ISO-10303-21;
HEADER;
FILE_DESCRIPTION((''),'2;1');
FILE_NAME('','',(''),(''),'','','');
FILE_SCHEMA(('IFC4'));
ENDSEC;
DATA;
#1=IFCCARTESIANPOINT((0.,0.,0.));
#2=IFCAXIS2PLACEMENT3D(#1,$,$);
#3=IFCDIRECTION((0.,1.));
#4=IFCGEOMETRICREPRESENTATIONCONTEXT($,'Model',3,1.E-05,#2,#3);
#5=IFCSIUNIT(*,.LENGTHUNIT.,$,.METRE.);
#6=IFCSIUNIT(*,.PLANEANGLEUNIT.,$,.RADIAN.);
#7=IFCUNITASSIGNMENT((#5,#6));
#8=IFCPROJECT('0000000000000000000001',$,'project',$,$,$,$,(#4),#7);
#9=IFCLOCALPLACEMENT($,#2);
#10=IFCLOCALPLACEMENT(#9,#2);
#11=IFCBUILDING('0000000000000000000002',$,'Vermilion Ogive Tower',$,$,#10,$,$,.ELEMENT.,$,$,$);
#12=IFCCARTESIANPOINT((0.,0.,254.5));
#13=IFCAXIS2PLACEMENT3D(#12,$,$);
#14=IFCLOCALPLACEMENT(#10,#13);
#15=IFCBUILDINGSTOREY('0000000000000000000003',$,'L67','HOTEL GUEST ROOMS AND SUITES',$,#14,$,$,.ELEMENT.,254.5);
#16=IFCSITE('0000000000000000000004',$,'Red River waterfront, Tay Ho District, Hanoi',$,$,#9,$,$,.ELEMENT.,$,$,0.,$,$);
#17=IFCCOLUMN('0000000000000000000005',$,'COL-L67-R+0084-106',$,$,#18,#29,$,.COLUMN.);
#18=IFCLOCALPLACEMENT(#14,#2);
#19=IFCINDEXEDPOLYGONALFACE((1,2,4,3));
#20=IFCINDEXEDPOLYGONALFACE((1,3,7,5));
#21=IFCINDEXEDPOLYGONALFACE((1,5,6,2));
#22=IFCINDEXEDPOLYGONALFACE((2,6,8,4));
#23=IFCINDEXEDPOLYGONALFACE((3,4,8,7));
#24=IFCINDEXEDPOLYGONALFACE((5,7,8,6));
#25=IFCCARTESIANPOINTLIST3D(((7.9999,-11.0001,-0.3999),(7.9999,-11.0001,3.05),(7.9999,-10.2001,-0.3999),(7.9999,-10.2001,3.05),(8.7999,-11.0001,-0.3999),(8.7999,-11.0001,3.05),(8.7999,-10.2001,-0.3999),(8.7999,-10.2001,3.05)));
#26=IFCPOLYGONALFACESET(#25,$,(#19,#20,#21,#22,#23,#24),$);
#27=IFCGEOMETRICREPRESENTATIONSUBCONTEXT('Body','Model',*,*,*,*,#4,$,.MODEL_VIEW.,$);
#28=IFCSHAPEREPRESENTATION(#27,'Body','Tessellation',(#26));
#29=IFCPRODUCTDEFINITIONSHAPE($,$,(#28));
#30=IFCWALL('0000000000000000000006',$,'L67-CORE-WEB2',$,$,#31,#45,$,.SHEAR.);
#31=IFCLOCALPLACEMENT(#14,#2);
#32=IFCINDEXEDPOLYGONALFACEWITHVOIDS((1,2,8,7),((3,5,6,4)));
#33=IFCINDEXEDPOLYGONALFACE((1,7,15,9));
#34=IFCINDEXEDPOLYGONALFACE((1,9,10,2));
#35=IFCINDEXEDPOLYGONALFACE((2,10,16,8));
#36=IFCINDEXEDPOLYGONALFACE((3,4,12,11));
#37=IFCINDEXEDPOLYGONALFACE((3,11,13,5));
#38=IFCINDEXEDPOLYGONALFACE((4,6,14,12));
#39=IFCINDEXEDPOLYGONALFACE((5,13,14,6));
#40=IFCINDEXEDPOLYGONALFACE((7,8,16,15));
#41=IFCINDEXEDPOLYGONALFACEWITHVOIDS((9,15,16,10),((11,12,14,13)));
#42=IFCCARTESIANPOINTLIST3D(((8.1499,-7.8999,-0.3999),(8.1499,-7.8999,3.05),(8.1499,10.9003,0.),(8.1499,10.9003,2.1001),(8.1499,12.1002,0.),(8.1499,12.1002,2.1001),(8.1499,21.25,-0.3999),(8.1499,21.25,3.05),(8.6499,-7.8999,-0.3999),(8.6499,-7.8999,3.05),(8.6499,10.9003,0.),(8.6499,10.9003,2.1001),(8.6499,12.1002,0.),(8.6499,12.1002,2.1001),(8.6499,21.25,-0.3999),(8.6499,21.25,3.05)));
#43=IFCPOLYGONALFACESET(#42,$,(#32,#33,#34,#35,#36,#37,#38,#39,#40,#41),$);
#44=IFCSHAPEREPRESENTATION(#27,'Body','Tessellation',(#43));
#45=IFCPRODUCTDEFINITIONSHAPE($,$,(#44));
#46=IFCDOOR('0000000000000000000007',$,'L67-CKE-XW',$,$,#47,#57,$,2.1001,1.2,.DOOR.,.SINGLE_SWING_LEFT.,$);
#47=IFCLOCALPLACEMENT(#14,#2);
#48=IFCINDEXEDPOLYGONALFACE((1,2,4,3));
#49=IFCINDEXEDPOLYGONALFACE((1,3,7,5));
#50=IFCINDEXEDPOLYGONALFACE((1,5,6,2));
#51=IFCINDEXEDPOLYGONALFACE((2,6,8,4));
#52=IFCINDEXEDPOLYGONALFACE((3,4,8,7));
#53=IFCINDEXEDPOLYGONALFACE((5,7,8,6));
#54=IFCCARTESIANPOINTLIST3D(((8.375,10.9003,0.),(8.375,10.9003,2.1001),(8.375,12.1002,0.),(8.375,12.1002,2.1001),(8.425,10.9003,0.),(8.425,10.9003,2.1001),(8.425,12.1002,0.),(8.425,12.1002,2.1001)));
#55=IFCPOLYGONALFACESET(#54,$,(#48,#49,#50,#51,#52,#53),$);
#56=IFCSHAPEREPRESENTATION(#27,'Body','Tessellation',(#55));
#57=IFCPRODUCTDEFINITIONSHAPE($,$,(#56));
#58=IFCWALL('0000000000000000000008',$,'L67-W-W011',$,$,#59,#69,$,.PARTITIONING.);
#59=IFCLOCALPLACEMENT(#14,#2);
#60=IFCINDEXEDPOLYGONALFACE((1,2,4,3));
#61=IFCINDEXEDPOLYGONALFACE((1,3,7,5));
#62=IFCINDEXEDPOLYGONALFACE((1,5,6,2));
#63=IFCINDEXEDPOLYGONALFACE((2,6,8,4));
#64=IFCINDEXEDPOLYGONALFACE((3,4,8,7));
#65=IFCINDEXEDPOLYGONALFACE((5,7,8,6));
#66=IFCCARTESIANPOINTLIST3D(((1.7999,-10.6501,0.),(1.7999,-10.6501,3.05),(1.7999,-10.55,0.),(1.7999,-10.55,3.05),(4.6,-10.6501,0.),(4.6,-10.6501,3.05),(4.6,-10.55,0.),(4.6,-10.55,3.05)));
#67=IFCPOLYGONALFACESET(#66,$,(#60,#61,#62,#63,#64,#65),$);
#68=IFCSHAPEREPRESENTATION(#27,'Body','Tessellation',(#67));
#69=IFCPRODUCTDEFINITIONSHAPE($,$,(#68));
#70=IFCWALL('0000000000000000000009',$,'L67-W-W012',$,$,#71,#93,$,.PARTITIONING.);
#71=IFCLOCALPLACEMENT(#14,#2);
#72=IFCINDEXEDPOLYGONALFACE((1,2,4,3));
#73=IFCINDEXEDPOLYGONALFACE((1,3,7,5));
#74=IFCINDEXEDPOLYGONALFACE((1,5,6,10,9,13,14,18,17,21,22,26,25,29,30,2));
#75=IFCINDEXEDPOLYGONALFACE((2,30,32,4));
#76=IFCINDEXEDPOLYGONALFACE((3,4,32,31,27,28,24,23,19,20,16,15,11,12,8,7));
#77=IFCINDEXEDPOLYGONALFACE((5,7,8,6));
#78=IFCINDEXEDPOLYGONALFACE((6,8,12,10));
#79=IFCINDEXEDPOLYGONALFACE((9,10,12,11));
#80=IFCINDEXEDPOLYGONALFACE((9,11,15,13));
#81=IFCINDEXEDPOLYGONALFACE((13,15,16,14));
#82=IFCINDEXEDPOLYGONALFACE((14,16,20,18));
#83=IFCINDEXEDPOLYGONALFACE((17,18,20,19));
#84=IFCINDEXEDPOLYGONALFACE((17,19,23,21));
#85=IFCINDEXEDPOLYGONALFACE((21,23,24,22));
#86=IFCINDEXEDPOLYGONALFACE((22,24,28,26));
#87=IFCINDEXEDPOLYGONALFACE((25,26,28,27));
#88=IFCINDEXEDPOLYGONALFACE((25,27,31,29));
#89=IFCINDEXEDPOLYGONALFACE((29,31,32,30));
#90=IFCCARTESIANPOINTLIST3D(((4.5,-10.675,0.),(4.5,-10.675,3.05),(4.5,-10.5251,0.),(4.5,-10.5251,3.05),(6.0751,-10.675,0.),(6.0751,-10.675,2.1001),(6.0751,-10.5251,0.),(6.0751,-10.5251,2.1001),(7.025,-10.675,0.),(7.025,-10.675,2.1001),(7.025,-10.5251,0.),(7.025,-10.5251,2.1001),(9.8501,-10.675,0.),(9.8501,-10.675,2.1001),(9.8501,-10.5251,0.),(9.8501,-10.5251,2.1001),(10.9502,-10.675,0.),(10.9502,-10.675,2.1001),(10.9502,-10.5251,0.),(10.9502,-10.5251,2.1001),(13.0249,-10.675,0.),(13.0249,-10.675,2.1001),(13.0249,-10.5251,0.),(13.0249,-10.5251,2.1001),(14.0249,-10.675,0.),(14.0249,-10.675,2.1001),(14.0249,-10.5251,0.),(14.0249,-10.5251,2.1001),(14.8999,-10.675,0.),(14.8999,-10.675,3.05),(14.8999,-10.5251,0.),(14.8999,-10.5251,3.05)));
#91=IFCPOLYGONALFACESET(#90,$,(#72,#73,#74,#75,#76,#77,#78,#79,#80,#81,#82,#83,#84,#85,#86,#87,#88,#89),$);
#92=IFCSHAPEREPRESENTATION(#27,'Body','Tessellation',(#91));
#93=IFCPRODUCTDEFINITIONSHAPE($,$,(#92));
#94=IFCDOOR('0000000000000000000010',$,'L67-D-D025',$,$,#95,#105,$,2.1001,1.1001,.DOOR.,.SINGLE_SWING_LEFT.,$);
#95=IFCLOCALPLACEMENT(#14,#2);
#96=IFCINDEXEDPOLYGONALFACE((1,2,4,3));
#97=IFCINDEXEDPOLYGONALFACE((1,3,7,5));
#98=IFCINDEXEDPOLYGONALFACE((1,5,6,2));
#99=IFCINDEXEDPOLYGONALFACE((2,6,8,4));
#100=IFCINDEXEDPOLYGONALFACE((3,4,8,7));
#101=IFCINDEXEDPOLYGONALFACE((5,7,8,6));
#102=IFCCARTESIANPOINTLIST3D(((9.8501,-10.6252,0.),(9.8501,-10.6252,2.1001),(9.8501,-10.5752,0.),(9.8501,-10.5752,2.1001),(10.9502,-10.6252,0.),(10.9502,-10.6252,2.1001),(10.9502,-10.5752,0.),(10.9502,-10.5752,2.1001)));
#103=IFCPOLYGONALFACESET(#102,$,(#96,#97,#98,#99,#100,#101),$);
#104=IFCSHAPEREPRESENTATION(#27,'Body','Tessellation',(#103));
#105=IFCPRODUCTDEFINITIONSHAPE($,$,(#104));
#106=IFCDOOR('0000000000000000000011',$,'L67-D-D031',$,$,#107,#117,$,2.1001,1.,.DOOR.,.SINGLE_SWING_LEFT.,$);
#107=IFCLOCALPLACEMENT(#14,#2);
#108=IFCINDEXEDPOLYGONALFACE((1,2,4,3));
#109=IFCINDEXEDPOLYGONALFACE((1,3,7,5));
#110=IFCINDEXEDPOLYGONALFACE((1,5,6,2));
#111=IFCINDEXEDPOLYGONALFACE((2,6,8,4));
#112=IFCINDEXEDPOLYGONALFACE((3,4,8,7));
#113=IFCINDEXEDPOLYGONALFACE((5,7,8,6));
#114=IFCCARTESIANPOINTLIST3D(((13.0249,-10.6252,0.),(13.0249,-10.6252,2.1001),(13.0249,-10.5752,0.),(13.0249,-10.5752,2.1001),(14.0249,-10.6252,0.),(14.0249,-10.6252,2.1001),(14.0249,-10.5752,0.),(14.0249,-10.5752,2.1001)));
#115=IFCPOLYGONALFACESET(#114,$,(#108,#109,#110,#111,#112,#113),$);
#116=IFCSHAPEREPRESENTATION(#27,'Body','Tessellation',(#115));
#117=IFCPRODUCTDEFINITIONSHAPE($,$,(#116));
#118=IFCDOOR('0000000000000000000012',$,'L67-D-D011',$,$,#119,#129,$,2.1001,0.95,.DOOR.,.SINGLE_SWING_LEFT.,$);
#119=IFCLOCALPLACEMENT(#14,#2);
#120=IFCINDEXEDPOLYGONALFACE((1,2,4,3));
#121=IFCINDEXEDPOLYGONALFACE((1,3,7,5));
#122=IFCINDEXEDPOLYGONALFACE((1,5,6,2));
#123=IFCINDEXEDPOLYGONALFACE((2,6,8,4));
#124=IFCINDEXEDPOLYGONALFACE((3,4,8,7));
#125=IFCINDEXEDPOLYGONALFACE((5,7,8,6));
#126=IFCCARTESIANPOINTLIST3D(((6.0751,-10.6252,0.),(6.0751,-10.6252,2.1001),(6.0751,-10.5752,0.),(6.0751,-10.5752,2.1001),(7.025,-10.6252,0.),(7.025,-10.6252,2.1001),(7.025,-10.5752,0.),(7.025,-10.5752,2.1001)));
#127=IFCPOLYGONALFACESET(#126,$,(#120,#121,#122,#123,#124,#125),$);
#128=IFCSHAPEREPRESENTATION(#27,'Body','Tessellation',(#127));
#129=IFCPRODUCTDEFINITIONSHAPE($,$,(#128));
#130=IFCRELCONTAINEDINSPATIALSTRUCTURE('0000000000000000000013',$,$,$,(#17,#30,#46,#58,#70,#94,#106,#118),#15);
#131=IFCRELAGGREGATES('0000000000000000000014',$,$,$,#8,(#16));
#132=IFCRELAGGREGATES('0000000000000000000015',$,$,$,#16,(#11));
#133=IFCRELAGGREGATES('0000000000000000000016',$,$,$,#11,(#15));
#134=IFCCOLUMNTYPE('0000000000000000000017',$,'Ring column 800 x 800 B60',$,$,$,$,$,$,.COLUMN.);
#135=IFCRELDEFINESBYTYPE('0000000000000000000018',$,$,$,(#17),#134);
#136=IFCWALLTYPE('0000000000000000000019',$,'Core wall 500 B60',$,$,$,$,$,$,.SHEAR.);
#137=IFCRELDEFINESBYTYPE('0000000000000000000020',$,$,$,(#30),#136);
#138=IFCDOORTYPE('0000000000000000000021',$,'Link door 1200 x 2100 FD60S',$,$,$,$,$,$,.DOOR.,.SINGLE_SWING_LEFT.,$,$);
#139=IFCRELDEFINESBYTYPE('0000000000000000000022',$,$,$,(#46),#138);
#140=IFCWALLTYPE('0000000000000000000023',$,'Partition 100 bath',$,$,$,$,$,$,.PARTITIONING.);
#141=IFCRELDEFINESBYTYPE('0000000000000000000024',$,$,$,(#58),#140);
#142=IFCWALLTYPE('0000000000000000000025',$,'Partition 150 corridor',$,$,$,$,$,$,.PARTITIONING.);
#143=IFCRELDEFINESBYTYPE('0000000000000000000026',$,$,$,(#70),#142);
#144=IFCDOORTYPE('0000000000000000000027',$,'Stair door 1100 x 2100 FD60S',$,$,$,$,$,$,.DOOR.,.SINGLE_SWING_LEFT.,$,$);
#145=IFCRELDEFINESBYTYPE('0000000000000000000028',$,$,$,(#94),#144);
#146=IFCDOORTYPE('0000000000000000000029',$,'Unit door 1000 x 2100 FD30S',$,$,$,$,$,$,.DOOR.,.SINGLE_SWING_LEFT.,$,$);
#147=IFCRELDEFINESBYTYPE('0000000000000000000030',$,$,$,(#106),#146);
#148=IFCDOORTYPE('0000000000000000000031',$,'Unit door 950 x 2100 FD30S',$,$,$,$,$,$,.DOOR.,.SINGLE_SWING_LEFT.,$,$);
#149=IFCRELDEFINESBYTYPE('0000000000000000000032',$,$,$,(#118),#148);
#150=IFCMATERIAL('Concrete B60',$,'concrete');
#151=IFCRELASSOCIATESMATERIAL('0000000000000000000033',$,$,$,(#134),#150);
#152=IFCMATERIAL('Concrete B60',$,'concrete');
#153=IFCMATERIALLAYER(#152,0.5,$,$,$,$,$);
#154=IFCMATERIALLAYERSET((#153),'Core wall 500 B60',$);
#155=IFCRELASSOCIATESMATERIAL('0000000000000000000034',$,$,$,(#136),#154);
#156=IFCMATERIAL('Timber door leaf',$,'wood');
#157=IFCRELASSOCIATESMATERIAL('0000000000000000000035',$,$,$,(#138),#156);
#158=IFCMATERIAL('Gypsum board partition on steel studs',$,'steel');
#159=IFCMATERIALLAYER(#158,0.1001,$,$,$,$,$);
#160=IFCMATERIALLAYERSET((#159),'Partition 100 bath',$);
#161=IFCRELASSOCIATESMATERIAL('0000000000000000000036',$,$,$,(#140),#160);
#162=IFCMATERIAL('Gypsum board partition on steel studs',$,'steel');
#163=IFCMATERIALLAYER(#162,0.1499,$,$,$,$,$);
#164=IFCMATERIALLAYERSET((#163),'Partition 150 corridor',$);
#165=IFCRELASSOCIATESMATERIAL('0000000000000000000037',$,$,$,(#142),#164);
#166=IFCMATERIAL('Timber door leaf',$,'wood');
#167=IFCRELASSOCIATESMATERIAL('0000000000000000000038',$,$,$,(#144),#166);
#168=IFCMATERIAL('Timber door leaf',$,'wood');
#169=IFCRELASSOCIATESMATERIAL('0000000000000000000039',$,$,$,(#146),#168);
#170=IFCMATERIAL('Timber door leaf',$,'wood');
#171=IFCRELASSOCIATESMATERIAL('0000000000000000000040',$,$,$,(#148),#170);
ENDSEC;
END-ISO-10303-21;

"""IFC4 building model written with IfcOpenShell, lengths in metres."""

from ifc_helpers import new_model, si_unit, direction, frame, frame_2d, origin, origin_2d, place, context, subcontext, project, spatial, rectangle, extrude, material, layer, layer_set, material_profile, profile_set, type_object, element, fill, save


model = new_model("IFC4")

# Units and contexts
model_context = context("Model", 3, precision=1e-05, world=origin(), true_north=direction((0.0, 1.0)))
body_context = subcontext(model_context, "Body", "Model", "MODEL_VIEW")
ifc_project = project(units=[si_unit("LENGTHUNIT", "METRE"), si_unit("PLANEANGLEUNIT", "RADIAN")], contexts=[model_context])

# Site, building, storey
site_placement = place(None, origin())
site = spatial("IfcSite", under=ifc_project, at=site_placement, Name="Red River waterfront, Tay Ho District, Hanoi", CompositionType="ELEMENT", RefElevation=0.0)
building_placement = place(site_placement, origin())
building = spatial("IfcBuilding", under=site, at=building_placement, Name="Vermilion Ogive Tower", CompositionType="ELEMENT")
storey_placement = place(building_placement, frame((0.0, 0.0, 254.5)))
storey = spatial("IfcBuildingStorey", under=building, at=storey_placement, Name="L67", Description="HOTEL GUEST ROOMS AND SUITES", CompositionType="ELEMENT", Elevation=254.5)

# Column
ifc_material_1 = material(Name="Concrete B60", Category="concrete")
ifc_material_profile = material_profile(ifc_material_1, rectangle(XDim=0.8, YDim=0.8, at=origin_2d()), Name="800 x 800")
ifc_profile_set = profile_set([ifc_material_profile], Name="Concrete B60")
column_type = type_object("IfcColumnType", Name="Ring column 800 x 800 B60", PredefinedType="COLUMN", material=ifc_profile_set)
column_placement = place(storey_placement, frame((8.3999, -10.6001, -0.3999), z_axis=(0.0, 0.0, 1.0), x_axis=(1.0, 0.0, 0.0)))
element("IfcColumn", 1, at=column_placement, inside=storey, type_object=column_type, Name="COL-L67-R+0084-106", PredefinedType="COLUMN", context=body_context, shape_type="SweptSolid", body=[
    extrude(rectangle(XDim=0.8, YDim=0.8, at=origin_2d()), origin(), (0.0, 0.0, 1.0), 3.45),
])

# Wall, opening, door
ifc_material_2 = material(Name="Concrete B60", Category="concrete")
ifc_layer_1 = layer(ifc_material_2, 0.5)
ifc_layer_set_1 = layer_set([ifc_layer_1], Name="Core wall 500 B60")
wall_type_1 = type_object("IfcWallType", Name="Core wall 500 B60", PredefinedType="SHEAR", material=ifc_layer_set_1)
wall_1_placement = place(storey_placement, frame((8.3999, -7.8999, -0.3999), z_axis=(0.0, 0.0, 1.0), x_axis=(0.0, 1.0, 0.0)))
wall_1 = element("IfcWall", 2, at=wall_1_placement, inside=storey, type_object=wall_type_1, Name="L67-CORE-WEB2", PredefinedType="SHEAR", context=body_context, shape_type="SweptSolid", body=[
    extrude(rectangle(XDim=29.1499, YDim=0.5, at=frame_2d((14.575, 0.0))), origin(), (0.0, 0.0, 1.0), 3.45),
])
opening_1_placement = place(wall_1_placement, frame((18.8, 0.0, 0.3999)))
opening_1 = element("IfcOpeningElement", 3, at=opening_1_placement, cuts=wall_1, PredefinedType="OPENING", context=body_context, shape_type="SweptSolid", body=[
    extrude(rectangle(XDim=1.2, YDim=2.1001, at=frame_2d((0.6001, 1.05))), frame((0.0, 0.26, 0.0), z_axis=(0.0, -1.0, 0.0), x_axis=(1.0, 0.0, 0.0)), (0.0, 0.0, 1.0), 0.52),
])
ifc_material_3 = material(Name="Timber door leaf", Category="wood")
door_type_1 = type_object("IfcDoorType", Name="Link door 1200 x 2100 FD60S", OperationType="SINGLE_SWING_LEFT", PredefinedType="DOOR", material=ifc_material_3)
door_1_placement = place(opening_1_placement, origin())
door_1 = element("IfcDoor", 4, at=door_1_placement, inside=storey, type_object=door_type_1, Name="L67-CKE-XW", OperationType="SINGLE_SWING_LEFT", OverallHeight=2.1001, OverallWidth=1.2, PredefinedType="DOOR", context=body_context, shape_type="SweptSolid", body=[
    extrude(rectangle(XDim=1.2, YDim=2.1001, at=frame_2d((0.6001, 1.05))), frame((0.0, 0.0249, 0.0), z_axis=(0.0, -1.0, 0.0), x_axis=(1.0, 0.0, 0.0)), (0.0, 0.0, 1.0), 0.05),
])
fill(opening_1, door_1)

# Wall
ifc_material_4 = material(Name="Gypsum board partition on steel studs", Category="steel")
ifc_layer_2 = layer(ifc_material_4, 0.1001)
ifc_layer_set_2 = layer_set([ifc_layer_2], Name="Partition 100 bath")
wall_type_2 = type_object("IfcWallType", Name="Partition 100 bath", PredefinedType="PARTITIONING", material=ifc_layer_set_2)
wall_2_placement = place(storey_placement, frame((1.8, -10.6001, 0.0), z_axis=(0.0, 0.0, 1.0), x_axis=(1.0, 0.0, 0.0)))
element("IfcWall", 5, at=wall_2_placement, inside=storey, type_object=wall_type_2, Name="L67-W-W011", PredefinedType="PARTITIONING", context=body_context, shape_type="SweptSolid", body=[
    extrude(rectangle(XDim=2.8, YDim=0.1001, at=frame_2d((1.3999, 0.0))), origin(), (0.0, 0.0, 1.0), 3.05),
])

# Wall, openings, doors
ifc_material_5 = material(Name="Gypsum board partition on steel studs", Category="steel")
ifc_layer_3 = layer(ifc_material_5, 0.1499)
ifc_layer_set_3 = layer_set([ifc_layer_3], Name="Partition 150 corridor")
wall_type_3 = type_object("IfcWallType", Name="Partition 150 corridor", PredefinedType="PARTITIONING", material=ifc_layer_set_3)
wall_3_placement = place(storey_placement, frame((4.5, -10.6001, 0.0), z_axis=(0.0, 0.0, 1.0), x_axis=(1.0, 0.0, 0.0)))
wall_3 = element("IfcWall", 6, at=wall_3_placement, inside=storey, type_object=wall_type_3, Name="L67-W-W012", PredefinedType="PARTITIONING", context=body_context, shape_type="SweptSolid", body=[
    extrude(rectangle(XDim=10.3999, YDim=0.1499, at=frame_2d((5.2, 0.0))), origin(), (0.0, 0.0, 1.0), 3.05),
])
opening_2_placement = place(wall_3_placement, frame((1.575, 0.0, 0.0)))
opening_2 = element("IfcOpeningElement", 7, at=opening_2_placement, cuts=wall_3, PredefinedType="OPENING", context=body_context, shape_type="SweptSolid", body=[
    extrude(rectangle(XDim=0.95, YDim=2.1001, at=frame_2d((0.4751, 1.05))), frame((0.0, 0.085, 0.0), z_axis=(0.0, -1.0, 0.0), x_axis=(1.0, 0.0, 0.0)), (0.0, 0.0, 1.0), 0.1699),
])
opening_3_placement = place(wall_3_placement, frame((5.3501, 0.0, 0.0)))
opening_3 = element("IfcOpeningElement", 8, at=opening_3_placement, cuts=wall_3, PredefinedType="OPENING", context=body_context, shape_type="SweptSolid", body=[
    extrude(rectangle(XDim=1.1001, YDim=2.1001, at=frame_2d((0.55, 1.05))), frame((0.0, 0.085, 0.0), z_axis=(0.0, -1.0, 0.0), x_axis=(1.0, 0.0, 0.0)), (0.0, 0.0, 1.0), 0.1699),
])
opening_4_placement = place(wall_3_placement, frame((8.5249, 0.0, 0.0)))
opening_4 = element("IfcOpeningElement", 9, at=opening_4_placement, cuts=wall_3, PredefinedType="OPENING", context=body_context, shape_type="SweptSolid", body=[
    extrude(rectangle(XDim=1.0, YDim=2.1001, at=frame_2d((0.5, 1.05))), frame((0.0, 0.085, 0.0), z_axis=(0.0, -1.0, 0.0), x_axis=(1.0, 0.0, 0.0)), (0.0, 0.0, 1.0), 0.1699),
])
ifc_material_6 = material(Name="Timber door leaf", Category="wood")
door_type_2 = type_object("IfcDoorType", Name="Stair door 1100 x 2100 FD60S", OperationType="SINGLE_SWING_LEFT", PredefinedType="DOOR", material=ifc_material_6)
door_2_placement = place(opening_3_placement, origin())
door_2 = element("IfcDoor", 10, at=door_2_placement, inside=storey, type_object=door_type_2, Name="L67-D-D025", OperationType="SINGLE_SWING_LEFT", OverallHeight=2.1001, OverallWidth=1.1001, PredefinedType="DOOR", context=body_context, shape_type="SweptSolid", body=[
    extrude(rectangle(XDim=1.1001, YDim=2.1001, at=frame_2d((0.55, 1.05))), frame((0.0, 0.0249, 0.0), z_axis=(0.0, -1.0, 0.0), x_axis=(1.0, 0.0, 0.0)), (0.0, 0.0, 1.0), 0.05),
])
fill(opening_3, door_2)
ifc_material_7 = material(Name="Timber door leaf", Category="wood")
door_type_3 = type_object("IfcDoorType", Name="Unit door 1000 x 2100 FD30S", OperationType="SINGLE_SWING_LEFT", PredefinedType="DOOR", material=ifc_material_7)
door_3_placement = place(opening_4_placement, origin())
door_3 = element("IfcDoor", 11, at=door_3_placement, inside=storey, type_object=door_type_3, Name="L67-D-D031", OperationType="SINGLE_SWING_LEFT", OverallHeight=2.1001, OverallWidth=1.0, PredefinedType="DOOR", context=body_context, shape_type="SweptSolid", body=[
    extrude(rectangle(XDim=1.0, YDim=2.1001, at=frame_2d((0.5, 1.05))), frame((0.0, 0.0249, 0.0), z_axis=(0.0, -1.0, 0.0), x_axis=(1.0, 0.0, 0.0)), (0.0, 0.0, 1.0), 0.05),
])
fill(opening_4, door_3)
ifc_material_8 = material(Name="Timber door leaf", Category="wood")
door_type_4 = type_object("IfcDoorType", Name="Unit door 950 x 2100 FD30S", OperationType="SINGLE_SWING_LEFT", PredefinedType="DOOR", material=ifc_material_8)
door_4_placement = place(opening_2_placement, origin())
door_4 = element("IfcDoor", 12, at=door_4_placement, inside=storey, type_object=door_type_4, Name="L67-D-D011", OperationType="SINGLE_SWING_LEFT", OverallHeight=2.1001, OverallWidth=0.95, PredefinedType="DOOR", context=body_context, shape_type="SweptSolid", body=[
    extrude(rectangle(XDim=0.95, YDim=2.1001, at=frame_2d((0.4751, 1.05))), frame((0.0, 0.0249, 0.0), z_axis=(0.0, -1.0, 0.0), x_axis=(1.0, 0.0, 0.0)), (0.0, 0.0, 1.0), 0.05),
])
fill(opening_2, door_4)

save(model, "model.ifc")
